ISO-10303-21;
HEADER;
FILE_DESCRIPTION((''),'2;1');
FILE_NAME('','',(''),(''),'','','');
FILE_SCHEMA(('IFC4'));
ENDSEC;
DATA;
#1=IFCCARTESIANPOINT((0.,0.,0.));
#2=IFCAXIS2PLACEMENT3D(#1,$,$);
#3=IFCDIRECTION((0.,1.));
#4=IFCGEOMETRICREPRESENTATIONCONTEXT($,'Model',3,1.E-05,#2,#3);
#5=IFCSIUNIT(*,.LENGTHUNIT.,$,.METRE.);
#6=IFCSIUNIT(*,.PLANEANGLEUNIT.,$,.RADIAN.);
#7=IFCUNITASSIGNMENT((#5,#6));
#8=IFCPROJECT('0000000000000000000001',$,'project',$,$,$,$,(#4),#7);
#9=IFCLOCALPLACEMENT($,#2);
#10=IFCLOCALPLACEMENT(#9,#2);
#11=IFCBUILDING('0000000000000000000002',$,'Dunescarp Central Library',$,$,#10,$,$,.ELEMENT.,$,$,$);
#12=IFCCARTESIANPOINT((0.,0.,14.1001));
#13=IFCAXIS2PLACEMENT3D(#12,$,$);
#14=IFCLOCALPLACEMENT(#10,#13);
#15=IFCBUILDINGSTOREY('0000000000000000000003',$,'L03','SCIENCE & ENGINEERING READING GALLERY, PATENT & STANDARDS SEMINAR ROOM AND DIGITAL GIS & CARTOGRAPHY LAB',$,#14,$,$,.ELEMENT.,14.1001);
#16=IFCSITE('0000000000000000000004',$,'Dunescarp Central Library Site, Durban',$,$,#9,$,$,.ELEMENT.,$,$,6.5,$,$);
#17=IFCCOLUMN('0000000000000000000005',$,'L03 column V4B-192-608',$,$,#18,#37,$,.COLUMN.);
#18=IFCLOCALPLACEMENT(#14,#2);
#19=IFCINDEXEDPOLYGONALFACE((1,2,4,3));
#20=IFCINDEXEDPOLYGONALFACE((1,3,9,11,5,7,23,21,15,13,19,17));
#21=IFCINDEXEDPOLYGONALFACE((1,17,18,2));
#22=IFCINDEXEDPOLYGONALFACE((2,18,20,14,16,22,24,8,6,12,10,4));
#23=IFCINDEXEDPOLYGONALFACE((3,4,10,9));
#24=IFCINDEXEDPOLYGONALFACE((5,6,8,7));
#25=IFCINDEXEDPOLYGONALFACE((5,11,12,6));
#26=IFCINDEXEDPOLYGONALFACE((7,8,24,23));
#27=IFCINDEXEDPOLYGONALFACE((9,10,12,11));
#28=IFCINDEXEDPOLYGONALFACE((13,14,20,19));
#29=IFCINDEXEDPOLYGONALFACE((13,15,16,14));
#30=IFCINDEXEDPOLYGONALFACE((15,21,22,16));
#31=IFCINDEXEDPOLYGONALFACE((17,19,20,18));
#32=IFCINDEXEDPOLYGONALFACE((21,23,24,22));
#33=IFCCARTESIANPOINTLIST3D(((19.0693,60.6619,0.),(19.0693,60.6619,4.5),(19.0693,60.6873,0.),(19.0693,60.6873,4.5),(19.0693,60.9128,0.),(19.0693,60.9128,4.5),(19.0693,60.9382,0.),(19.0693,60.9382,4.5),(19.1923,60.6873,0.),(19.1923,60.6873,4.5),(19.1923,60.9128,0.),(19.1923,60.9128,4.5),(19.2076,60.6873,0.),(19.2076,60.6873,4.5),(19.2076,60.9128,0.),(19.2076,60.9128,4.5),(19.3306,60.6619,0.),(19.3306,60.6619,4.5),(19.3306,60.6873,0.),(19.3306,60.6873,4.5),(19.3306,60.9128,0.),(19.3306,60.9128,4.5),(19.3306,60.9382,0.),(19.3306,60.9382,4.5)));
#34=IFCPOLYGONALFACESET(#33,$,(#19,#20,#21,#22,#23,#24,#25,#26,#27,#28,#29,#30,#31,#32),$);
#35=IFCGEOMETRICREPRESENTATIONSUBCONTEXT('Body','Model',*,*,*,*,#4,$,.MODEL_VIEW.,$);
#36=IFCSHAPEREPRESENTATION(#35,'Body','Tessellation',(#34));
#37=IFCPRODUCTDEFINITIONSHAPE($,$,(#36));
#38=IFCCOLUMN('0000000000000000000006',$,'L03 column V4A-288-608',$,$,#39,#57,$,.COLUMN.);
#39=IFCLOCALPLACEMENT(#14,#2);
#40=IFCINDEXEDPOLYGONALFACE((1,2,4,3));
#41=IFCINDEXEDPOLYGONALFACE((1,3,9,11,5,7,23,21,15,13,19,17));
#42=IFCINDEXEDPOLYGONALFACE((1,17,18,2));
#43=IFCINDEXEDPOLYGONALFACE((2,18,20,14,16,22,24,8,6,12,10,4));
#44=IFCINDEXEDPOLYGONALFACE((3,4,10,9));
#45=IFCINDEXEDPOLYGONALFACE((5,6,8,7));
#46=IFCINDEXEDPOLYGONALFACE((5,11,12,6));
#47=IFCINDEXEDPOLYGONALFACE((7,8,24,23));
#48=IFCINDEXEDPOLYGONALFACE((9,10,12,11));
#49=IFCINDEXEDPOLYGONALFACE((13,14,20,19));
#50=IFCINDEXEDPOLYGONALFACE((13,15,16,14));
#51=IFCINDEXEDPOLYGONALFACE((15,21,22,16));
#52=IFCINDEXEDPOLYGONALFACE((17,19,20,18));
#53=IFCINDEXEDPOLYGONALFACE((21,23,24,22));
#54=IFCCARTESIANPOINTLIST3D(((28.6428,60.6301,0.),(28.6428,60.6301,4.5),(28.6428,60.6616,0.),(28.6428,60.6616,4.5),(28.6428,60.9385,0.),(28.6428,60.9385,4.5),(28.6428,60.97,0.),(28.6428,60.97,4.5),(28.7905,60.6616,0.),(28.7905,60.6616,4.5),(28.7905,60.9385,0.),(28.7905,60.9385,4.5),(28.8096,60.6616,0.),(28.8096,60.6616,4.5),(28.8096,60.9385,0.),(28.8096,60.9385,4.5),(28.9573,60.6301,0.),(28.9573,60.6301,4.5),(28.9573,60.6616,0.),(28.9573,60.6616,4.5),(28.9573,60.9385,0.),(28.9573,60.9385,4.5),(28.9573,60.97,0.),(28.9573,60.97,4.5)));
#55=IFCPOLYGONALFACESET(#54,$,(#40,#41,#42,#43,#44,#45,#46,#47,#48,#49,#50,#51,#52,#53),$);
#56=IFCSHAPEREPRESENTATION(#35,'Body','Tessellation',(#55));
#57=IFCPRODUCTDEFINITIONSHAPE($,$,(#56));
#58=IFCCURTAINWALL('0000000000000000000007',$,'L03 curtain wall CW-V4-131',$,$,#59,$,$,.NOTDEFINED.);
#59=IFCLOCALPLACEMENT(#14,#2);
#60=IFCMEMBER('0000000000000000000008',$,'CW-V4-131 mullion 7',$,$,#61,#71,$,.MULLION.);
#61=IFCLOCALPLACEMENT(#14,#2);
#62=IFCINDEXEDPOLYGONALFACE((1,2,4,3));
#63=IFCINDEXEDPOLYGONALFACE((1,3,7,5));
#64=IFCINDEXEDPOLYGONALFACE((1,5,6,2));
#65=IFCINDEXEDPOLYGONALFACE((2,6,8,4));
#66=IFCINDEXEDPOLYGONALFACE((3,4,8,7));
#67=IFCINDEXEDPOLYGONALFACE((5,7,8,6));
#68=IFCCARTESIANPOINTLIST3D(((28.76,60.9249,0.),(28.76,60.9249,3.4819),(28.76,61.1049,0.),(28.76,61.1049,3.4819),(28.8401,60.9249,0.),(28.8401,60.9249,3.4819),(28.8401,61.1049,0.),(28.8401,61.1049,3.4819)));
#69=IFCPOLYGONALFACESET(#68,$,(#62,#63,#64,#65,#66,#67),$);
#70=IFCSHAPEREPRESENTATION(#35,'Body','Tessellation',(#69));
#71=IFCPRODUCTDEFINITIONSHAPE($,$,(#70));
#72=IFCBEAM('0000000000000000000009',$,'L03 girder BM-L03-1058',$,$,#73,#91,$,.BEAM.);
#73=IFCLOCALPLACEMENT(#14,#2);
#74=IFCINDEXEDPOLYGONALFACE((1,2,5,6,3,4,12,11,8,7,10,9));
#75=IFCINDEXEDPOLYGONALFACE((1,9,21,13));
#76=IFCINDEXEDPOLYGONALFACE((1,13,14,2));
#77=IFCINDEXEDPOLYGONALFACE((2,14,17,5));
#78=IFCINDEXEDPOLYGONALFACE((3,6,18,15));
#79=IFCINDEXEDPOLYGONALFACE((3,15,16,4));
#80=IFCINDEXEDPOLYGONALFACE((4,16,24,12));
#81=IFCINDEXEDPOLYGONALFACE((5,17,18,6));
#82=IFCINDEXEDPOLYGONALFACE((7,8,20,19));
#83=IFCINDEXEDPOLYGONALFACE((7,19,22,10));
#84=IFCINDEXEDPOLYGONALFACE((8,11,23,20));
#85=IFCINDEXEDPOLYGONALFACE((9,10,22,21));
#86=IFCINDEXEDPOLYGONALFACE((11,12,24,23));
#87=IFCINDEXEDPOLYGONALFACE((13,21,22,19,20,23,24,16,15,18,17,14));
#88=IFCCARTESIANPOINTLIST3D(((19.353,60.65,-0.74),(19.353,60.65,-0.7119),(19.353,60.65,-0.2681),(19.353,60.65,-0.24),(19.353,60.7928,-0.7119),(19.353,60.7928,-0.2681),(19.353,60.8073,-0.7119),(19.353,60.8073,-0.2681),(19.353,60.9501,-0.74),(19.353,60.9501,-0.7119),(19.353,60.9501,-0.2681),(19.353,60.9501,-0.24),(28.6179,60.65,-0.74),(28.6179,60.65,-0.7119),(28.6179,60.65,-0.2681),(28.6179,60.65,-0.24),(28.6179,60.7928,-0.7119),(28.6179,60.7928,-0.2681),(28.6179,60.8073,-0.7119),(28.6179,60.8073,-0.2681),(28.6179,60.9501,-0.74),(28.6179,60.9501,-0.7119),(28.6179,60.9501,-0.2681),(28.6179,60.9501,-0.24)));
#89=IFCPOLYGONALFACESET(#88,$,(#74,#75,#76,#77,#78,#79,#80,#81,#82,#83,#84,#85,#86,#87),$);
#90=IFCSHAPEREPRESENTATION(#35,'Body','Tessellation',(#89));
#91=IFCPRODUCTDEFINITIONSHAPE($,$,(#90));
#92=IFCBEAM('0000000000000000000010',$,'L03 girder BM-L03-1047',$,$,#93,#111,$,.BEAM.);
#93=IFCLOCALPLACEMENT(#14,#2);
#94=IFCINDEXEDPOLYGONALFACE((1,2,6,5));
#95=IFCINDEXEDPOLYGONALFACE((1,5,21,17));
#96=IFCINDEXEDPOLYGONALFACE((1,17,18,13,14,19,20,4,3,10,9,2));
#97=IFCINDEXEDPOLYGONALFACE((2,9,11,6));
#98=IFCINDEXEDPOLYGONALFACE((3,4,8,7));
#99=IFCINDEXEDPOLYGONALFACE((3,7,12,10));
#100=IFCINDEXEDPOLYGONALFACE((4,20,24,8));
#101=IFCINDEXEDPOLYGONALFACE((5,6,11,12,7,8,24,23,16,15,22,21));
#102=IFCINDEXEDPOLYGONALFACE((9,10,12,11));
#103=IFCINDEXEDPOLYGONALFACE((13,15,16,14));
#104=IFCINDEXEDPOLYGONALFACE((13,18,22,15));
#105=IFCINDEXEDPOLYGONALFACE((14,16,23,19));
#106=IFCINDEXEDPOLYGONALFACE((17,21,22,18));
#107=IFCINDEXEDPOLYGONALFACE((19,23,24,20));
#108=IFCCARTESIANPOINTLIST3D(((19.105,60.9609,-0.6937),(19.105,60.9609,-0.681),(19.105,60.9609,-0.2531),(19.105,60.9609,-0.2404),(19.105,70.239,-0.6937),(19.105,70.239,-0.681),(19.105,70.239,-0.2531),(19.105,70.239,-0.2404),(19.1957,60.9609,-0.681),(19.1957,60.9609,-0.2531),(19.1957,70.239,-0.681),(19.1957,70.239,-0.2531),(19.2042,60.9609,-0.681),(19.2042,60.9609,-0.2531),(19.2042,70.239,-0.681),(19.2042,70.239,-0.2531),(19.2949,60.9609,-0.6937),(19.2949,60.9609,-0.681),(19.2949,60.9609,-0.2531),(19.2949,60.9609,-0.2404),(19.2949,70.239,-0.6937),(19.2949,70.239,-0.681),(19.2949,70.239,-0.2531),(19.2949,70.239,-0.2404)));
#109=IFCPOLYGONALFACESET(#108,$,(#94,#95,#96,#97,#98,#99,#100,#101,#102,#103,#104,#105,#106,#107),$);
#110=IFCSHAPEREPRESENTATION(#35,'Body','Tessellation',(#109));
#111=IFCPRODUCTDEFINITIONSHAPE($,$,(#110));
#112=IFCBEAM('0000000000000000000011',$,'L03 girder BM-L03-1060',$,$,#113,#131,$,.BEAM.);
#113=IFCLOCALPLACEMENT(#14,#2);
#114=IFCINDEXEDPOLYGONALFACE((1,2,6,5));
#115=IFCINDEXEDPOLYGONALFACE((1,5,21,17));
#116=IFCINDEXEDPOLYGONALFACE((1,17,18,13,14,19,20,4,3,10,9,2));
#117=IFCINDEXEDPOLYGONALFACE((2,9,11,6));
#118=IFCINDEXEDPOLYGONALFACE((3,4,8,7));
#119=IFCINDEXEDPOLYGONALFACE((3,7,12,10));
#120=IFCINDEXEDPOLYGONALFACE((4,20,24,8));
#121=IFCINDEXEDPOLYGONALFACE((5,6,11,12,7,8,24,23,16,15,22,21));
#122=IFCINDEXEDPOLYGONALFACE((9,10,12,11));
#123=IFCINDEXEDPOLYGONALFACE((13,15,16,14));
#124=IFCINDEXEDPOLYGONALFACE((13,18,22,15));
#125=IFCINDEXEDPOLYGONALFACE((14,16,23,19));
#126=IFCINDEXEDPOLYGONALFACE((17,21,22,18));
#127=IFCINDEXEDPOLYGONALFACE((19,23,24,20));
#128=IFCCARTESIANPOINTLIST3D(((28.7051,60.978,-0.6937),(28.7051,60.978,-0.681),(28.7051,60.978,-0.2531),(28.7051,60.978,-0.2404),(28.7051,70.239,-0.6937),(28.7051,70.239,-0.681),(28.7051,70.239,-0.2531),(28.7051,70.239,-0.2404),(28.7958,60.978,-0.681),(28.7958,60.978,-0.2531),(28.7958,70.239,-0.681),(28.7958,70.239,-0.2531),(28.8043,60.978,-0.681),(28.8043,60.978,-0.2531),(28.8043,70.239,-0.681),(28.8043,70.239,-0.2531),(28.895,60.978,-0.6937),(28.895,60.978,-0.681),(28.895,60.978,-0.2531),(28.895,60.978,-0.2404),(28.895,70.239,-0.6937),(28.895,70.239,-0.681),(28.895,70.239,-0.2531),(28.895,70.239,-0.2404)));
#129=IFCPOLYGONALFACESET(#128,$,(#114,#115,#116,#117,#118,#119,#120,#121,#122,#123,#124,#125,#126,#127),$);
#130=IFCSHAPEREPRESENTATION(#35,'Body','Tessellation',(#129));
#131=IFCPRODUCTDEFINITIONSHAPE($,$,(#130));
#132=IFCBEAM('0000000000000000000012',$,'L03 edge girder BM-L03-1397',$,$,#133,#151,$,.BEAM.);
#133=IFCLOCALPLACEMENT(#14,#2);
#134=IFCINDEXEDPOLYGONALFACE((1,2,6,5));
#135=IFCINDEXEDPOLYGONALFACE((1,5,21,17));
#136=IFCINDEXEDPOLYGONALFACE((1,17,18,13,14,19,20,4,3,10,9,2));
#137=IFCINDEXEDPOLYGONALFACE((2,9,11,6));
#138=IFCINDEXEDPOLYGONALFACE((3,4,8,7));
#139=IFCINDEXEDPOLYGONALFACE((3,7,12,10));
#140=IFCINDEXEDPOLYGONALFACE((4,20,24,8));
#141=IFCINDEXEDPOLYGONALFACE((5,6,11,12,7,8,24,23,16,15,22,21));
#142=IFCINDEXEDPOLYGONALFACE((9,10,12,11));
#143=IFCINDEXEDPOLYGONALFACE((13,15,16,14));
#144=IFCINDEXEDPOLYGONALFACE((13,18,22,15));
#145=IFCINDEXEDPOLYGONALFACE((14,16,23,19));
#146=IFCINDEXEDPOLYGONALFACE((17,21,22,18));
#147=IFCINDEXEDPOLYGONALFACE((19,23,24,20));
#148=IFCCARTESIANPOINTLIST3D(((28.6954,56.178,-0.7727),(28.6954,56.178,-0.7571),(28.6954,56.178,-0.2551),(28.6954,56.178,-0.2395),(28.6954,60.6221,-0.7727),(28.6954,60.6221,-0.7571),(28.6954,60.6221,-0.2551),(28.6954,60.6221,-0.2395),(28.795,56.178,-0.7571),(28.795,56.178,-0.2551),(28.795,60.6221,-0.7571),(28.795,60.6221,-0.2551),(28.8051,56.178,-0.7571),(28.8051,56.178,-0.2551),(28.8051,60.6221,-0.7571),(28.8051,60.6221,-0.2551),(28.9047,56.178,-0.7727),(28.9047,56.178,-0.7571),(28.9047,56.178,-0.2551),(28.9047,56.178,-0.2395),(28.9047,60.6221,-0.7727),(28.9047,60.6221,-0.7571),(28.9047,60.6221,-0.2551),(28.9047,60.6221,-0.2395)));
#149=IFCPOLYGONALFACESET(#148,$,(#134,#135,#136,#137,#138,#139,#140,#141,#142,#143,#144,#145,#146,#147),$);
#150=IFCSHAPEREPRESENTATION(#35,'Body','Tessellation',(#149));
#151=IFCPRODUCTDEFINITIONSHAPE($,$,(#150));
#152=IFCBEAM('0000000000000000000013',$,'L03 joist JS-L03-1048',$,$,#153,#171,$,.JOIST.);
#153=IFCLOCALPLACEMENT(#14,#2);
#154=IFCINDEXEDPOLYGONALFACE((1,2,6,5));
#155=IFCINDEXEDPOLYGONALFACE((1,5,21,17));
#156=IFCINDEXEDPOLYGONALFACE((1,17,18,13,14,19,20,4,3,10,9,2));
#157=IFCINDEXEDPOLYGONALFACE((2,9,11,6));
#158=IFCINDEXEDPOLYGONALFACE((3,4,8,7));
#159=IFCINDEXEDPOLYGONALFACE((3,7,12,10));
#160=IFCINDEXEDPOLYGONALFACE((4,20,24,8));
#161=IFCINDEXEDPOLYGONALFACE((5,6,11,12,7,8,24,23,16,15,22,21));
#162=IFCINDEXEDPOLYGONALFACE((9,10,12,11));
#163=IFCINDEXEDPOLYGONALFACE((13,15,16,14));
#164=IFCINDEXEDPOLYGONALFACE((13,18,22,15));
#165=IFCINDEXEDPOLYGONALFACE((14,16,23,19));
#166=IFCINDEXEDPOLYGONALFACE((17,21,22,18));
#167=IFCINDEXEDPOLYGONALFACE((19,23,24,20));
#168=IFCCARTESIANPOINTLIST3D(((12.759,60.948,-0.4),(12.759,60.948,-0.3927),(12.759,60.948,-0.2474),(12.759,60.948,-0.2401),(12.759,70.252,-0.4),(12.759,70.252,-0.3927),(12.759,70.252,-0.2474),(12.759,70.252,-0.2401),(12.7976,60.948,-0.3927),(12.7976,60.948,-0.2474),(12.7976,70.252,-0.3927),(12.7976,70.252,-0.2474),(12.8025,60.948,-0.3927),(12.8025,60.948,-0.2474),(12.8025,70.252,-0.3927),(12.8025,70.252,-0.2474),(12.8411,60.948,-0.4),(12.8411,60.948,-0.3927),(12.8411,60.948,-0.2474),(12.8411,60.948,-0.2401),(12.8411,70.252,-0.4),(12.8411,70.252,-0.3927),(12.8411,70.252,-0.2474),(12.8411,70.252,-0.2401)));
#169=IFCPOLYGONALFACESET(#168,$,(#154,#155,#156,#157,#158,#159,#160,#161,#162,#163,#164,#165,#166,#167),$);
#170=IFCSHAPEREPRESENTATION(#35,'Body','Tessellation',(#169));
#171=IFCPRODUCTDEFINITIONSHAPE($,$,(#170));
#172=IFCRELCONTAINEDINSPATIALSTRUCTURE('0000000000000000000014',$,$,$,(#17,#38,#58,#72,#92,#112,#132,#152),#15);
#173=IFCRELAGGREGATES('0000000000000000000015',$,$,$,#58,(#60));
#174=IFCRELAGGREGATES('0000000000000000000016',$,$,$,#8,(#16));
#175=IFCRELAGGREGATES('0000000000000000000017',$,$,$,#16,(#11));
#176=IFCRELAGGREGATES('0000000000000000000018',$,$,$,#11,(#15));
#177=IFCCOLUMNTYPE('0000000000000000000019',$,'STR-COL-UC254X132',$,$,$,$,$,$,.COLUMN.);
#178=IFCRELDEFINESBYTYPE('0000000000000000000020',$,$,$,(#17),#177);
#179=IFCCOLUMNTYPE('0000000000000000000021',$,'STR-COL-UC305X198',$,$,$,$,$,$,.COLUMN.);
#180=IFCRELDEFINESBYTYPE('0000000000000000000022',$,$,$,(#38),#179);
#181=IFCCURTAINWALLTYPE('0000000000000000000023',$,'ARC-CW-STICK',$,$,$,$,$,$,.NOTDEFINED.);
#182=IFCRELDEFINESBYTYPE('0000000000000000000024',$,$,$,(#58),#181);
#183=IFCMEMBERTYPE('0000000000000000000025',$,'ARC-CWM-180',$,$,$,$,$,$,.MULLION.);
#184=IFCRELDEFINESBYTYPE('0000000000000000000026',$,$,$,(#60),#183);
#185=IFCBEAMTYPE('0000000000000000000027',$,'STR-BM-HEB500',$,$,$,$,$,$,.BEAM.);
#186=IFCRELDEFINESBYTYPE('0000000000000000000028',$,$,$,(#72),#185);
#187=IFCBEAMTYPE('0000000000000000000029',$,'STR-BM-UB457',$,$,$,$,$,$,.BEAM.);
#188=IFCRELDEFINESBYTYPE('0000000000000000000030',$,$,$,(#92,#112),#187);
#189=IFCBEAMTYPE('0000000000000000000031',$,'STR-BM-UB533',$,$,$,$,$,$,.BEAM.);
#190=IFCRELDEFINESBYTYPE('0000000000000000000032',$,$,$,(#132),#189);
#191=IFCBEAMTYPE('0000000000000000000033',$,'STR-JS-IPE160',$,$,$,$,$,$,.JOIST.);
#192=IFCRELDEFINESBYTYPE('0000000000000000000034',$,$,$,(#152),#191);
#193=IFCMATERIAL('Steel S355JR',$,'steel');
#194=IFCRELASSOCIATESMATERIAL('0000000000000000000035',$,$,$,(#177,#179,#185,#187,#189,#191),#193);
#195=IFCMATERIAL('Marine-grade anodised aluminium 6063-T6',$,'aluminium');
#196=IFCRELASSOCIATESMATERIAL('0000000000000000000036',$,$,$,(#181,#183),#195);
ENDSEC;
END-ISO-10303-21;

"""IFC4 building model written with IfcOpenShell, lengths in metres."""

from ifc_helpers import new_model, si_unit, direction, frame, origin, origin_2d, place, context, subcontext, project, spatial, rectangle, i_section, extrude, material, material_profile, profile_set, type_object, element, aggregate, save


model = new_model("IFC4")

# Units and contexts
model_context = context("Model", 3, precision=1e-05, world=origin(), true_north=direction((0.0, 1.0)))
body_context = subcontext(model_context, "Body", "Model", "MODEL_VIEW")
ifc_project = project(units=[si_unit("LENGTHUNIT", "METRE"), si_unit("PLANEANGLEUNIT", "RADIAN")], contexts=[model_context])

# Site, building, storey
site_placement = place(None, origin())
site = spatial("IfcSite", under=ifc_project, at=site_placement, Name="Dunescarp Central Library Site, Durban", CompositionType="ELEMENT", RefElevation=6.5)
building_placement = place(site_placement, origin())
building = spatial("IfcBuilding", under=site, at=building_placement, Name="Dunescarp Central Library", CompositionType="ELEMENT")
storey_placement = place(building_placement, frame((0.0, 0.0, 14.1001)))
storey = spatial("IfcBuildingStorey", under=building, at=storey_placement, Name="L03", Description="SCIENCE & ENGINEERING READING GALLERY, PATENT & STANDARDS SEMINAR ROOM AND DIGITAL GIS & CARTOGRAPHY LAB", CompositionType="ELEMENT", Elevation=14.1001)

# Columns
ifc_material_1 = material(Name="Steel S355JR", Category="steel")
ifc_material_profile_1 = material_profile(ifc_material_1, i_section(OverallWidth=0.2612, OverallDepth=0.2764, WebThickness=0.0154, FlangeThickness=0.0254, at=origin_2d()), Name="UC 254x254x132")
ifc_profile_set_1 = profile_set([ifc_material_profile_1], Name="Steel S355JR")
column_type_1 = type_object("IfcColumnType", Name="STR-COL-UC254X132", PredefinedType="COLUMN", material=ifc_profile_set_1)
column_1_placement = place(storey_placement, frame((19.2, 60.8, 0.0), z_axis=(0.0, 0.0, 1.0), x_axis=(1.0, 0.0, 0.0)))
element("IfcColumn", 1, at=column_1_placement, inside=storey, type_object=column_type_1, Name="L03 column V4B-192-608", PredefinedType="COLUMN", context=body_context, shape_type="SweptSolid", body=[
    extrude(i_section(OverallWidth=0.2612, OverallDepth=0.2764, WebThickness=0.0154, FlangeThickness=0.0254, at=origin_2d()), origin(), (0.0, 0.0, 1.0), 4.5),
])
ifc_material_profile_2 = material_profile(ifc_material_1, i_section(OverallWidth=0.3145, OverallDepth=0.3398, WebThickness=0.019, FlangeThickness=0.0315, at=origin_2d()), Name="UC 305x305x198")
ifc_profile_set_2 = profile_set([ifc_material_profile_2], Name="Steel S355JR")
column_type_2 = type_object("IfcColumnType", Name="STR-COL-UC305X198", PredefinedType="COLUMN", material=ifc_profile_set_2)
column_2_placement = place(storey_placement, frame((28.8, 60.8, 0.0), z_axis=(0.0, 0.0, 1.0), x_axis=(1.0, 0.0, 0.0)))
element("IfcColumn", 2, at=column_2_placement, inside=storey, type_object=column_type_2, Name="L03 column V4A-288-608", PredefinedType="COLUMN", context=body_context, shape_type="SweptSolid", body=[
    extrude(i_section(OverallWidth=0.3145, OverallDepth=0.3398, WebThickness=0.019, FlangeThickness=0.0315, at=origin_2d()), origin(), (0.0, 0.0, 1.0), 4.5),
])

# Curtain wall, member
ifc_material_2 = material(Name="Marine-grade anodised aluminium 6063-T6", Category="aluminium")
curtain_wall_type = type_object("IfcCurtainWallType", Name="ARC-CW-STICK", PredefinedType="NOTDEFINED", material=ifc_material_2)
curtain_wall_placement = place(storey_placement, origin())
curtain_wall = element("IfcCurtainWall", 3, at=curtain_wall_placement, inside=storey, type_object=curtain_wall_type, Name="L03 curtain wall CW-V4-131", PredefinedType="NOTDEFINED")
ifc_material_profile_3 = material_profile(ifc_material_2, rectangle(XDim=0.0801, YDim=0.1799, at=origin_2d()), Name="AL 80x180")
ifc_profile_set_3 = profile_set([ifc_material_profile_3], Name="Marine-grade anodised aluminium 6063-T6")
member_type = type_object("IfcMemberType", Name="ARC-CWM-180", PredefinedType="MULLION", material=ifc_profile_set_3)
member_placement = place(storey_placement, frame((28.8, 61.0149, 0.0), z_axis=(0.0, 0.0, 1.0), x_axis=(1.0, 0.0, 0.0)))
member = element("IfcMember", 4, at=member_placement, type_object=member_type, Name="CW-V4-131 mullion 7", PredefinedType="MULLION", context=body_context, shape_type="SweptSolid", body=[
    extrude(rectangle(XDim=0.0801, YDim=0.1799, at=origin_2d()), origin(), (0.0, 0.0, 1.0), 3.4819),
])
aggregate(curtain_wall, [member])

# Beams
ifc_material_profile_4 = material_profile(ifc_material_1, i_section(OverallWidth=0.3, OverallDepth=0.5, WebThickness=0.0144, FlangeThickness=0.0281, at=origin_2d()), Name="HEB 500")
ifc_profile_set_4 = profile_set([ifc_material_profile_4], Name="Steel S355JR")
beam_type_1 = type_object("IfcBeamType", Name="STR-BM-HEB500", PredefinedType="BEAM", material=ifc_profile_set_4)
beam_1_placement = place(storey_placement, frame((19.353, 60.8, -0.49), z_axis=(1.0, 0.0, 0.0), x_axis=(0.0, 1.0, 0.0)))
element("IfcBeam", 5, at=beam_1_placement, inside=storey, type_object=beam_type_1, Name="L03 girder BM-L03-1058", PredefinedType="BEAM", context=body_context, shape_type="SweptSolid", body=[
    extrude(i_section(OverallWidth=0.3, OverallDepth=0.5, WebThickness=0.0144, FlangeThickness=0.0281, at=origin_2d()), origin(), (0.0, 0.0, 1.0), 9.2649),
])
ifc_material_profile_5 = material_profile(ifc_material_1, i_section(OverallWidth=0.1899, OverallDepth=0.4534, WebThickness=0.0085, FlangeThickness=0.0127, at=origin_2d()), Name="UB 457x191x67")
ifc_profile_set_5 = profile_set([ifc_material_profile_5], Name="Steel S355JR")
beam_type_2 = type_object("IfcBeamType", Name="STR-BM-UB457", PredefinedType="BEAM", material=ifc_profile_set_5)
beam_2_placement = place(storey_placement, frame((19.2, 60.9609, -0.467), z_axis=(0.0, 1.0, 0.0), x_axis=(-1.0, 0.0, 0.0)))
element("IfcBeam", 6, at=beam_2_placement, inside=storey, type_object=beam_type_2, Name="L03 girder BM-L03-1047", PredefinedType="BEAM", context=body_context, shape_type="SweptSolid", body=[
    extrude(i_section(OverallWidth=0.1899, OverallDepth=0.4534, WebThickness=0.0085, FlangeThickness=0.0127, at=origin_2d()), origin(), (0.0, 0.0, 1.0), 9.2781),
])
beam_3_placement = place(storey_placement, frame((28.8, 60.978, -0.467), z_axis=(0.0, 1.0, 0.0), x_axis=(-1.0, 0.0, 0.0)))
element("IfcBeam", 7, at=beam_3_placement, inside=storey, type_object=beam_type_2, Name="L03 girder BM-L03-1060", PredefinedType="BEAM", context=body_context, shape_type="SweptSolid", body=[
    extrude(i_section(OverallWidth=0.1899, OverallDepth=0.4534, WebThickness=0.0085, FlangeThickness=0.0127, at=origin_2d()), origin(), (0.0, 0.0, 1.0), 9.261),
])
ifc_material_profile_6 = material_profile(ifc_material_1, i_section(OverallWidth=0.2092, OverallDepth=0.5332, WebThickness=0.01, FlangeThickness=0.0156, at=origin_2d()), Name="UB 533x210x92")
ifc_profile_set_6 = profile_set([ifc_material_profile_6], Name="Steel S355JR")
beam_type_3 = type_object("IfcBeamType", Name="STR-BM-UB533", PredefinedType="BEAM", material=ifc_profile_set_6)
beam_4_placement = place(storey_placement, frame((28.8, 56.178, -0.5061), z_axis=(0.0, 1.0, 0.0), x_axis=(-1.0, 0.0, 0.0)))
element("IfcBeam", 8, at=beam_4_placement, inside=storey, type_object=beam_type_3, Name="L03 edge girder BM-L03-1397", PredefinedType="BEAM", context=body_context, shape_type="SweptSolid", body=[
    extrude(i_section(OverallWidth=0.2092, OverallDepth=0.5332, WebThickness=0.01, FlangeThickness=0.0156, at=origin_2d()), origin(), (0.0, 0.0, 1.0), 4.4441),
])
ifc_material_profile_7 = material_profile(ifc_material_1, i_section(OverallWidth=0.082, OverallDepth=0.1599, WebThickness=0.0049, FlangeThickness=0.0073, at=origin_2d()), Name="IPE 160")
ifc_profile_set_7 = profile_set([ifc_material_profile_7], Name="Steel S355JR")
beam_type_4 = type_object("IfcBeamType", Name="STR-JS-IPE160", PredefinedType="JOIST", material=ifc_profile_set_7)
for number, where, z_axis, x_axis, name in (
    (9, (12.8, 60.948, -0.3201), (0.0, 1.0, 0.0), (-1.0, 0.0, 0.0), "L03 joist JS-L03-1048"),
):
    element("IfcBeam", number, at=place(storey_placement, frame(where, z_axis=z_axis, x_axis=x_axis)), inside=storey, type_object=beam_type_4, Name=name, PredefinedType="JOIST", context=body_context, shape_type="SweptSolid", body=[
        extrude(i_section(OverallWidth=0.082, OverallDepth=0.1599, WebThickness=0.0049, FlangeThickness=0.0073, at=origin_2d()), origin(), (0.0, 0.0, 1.0), 9.304),
    ])

save(model, "model.ifc")
